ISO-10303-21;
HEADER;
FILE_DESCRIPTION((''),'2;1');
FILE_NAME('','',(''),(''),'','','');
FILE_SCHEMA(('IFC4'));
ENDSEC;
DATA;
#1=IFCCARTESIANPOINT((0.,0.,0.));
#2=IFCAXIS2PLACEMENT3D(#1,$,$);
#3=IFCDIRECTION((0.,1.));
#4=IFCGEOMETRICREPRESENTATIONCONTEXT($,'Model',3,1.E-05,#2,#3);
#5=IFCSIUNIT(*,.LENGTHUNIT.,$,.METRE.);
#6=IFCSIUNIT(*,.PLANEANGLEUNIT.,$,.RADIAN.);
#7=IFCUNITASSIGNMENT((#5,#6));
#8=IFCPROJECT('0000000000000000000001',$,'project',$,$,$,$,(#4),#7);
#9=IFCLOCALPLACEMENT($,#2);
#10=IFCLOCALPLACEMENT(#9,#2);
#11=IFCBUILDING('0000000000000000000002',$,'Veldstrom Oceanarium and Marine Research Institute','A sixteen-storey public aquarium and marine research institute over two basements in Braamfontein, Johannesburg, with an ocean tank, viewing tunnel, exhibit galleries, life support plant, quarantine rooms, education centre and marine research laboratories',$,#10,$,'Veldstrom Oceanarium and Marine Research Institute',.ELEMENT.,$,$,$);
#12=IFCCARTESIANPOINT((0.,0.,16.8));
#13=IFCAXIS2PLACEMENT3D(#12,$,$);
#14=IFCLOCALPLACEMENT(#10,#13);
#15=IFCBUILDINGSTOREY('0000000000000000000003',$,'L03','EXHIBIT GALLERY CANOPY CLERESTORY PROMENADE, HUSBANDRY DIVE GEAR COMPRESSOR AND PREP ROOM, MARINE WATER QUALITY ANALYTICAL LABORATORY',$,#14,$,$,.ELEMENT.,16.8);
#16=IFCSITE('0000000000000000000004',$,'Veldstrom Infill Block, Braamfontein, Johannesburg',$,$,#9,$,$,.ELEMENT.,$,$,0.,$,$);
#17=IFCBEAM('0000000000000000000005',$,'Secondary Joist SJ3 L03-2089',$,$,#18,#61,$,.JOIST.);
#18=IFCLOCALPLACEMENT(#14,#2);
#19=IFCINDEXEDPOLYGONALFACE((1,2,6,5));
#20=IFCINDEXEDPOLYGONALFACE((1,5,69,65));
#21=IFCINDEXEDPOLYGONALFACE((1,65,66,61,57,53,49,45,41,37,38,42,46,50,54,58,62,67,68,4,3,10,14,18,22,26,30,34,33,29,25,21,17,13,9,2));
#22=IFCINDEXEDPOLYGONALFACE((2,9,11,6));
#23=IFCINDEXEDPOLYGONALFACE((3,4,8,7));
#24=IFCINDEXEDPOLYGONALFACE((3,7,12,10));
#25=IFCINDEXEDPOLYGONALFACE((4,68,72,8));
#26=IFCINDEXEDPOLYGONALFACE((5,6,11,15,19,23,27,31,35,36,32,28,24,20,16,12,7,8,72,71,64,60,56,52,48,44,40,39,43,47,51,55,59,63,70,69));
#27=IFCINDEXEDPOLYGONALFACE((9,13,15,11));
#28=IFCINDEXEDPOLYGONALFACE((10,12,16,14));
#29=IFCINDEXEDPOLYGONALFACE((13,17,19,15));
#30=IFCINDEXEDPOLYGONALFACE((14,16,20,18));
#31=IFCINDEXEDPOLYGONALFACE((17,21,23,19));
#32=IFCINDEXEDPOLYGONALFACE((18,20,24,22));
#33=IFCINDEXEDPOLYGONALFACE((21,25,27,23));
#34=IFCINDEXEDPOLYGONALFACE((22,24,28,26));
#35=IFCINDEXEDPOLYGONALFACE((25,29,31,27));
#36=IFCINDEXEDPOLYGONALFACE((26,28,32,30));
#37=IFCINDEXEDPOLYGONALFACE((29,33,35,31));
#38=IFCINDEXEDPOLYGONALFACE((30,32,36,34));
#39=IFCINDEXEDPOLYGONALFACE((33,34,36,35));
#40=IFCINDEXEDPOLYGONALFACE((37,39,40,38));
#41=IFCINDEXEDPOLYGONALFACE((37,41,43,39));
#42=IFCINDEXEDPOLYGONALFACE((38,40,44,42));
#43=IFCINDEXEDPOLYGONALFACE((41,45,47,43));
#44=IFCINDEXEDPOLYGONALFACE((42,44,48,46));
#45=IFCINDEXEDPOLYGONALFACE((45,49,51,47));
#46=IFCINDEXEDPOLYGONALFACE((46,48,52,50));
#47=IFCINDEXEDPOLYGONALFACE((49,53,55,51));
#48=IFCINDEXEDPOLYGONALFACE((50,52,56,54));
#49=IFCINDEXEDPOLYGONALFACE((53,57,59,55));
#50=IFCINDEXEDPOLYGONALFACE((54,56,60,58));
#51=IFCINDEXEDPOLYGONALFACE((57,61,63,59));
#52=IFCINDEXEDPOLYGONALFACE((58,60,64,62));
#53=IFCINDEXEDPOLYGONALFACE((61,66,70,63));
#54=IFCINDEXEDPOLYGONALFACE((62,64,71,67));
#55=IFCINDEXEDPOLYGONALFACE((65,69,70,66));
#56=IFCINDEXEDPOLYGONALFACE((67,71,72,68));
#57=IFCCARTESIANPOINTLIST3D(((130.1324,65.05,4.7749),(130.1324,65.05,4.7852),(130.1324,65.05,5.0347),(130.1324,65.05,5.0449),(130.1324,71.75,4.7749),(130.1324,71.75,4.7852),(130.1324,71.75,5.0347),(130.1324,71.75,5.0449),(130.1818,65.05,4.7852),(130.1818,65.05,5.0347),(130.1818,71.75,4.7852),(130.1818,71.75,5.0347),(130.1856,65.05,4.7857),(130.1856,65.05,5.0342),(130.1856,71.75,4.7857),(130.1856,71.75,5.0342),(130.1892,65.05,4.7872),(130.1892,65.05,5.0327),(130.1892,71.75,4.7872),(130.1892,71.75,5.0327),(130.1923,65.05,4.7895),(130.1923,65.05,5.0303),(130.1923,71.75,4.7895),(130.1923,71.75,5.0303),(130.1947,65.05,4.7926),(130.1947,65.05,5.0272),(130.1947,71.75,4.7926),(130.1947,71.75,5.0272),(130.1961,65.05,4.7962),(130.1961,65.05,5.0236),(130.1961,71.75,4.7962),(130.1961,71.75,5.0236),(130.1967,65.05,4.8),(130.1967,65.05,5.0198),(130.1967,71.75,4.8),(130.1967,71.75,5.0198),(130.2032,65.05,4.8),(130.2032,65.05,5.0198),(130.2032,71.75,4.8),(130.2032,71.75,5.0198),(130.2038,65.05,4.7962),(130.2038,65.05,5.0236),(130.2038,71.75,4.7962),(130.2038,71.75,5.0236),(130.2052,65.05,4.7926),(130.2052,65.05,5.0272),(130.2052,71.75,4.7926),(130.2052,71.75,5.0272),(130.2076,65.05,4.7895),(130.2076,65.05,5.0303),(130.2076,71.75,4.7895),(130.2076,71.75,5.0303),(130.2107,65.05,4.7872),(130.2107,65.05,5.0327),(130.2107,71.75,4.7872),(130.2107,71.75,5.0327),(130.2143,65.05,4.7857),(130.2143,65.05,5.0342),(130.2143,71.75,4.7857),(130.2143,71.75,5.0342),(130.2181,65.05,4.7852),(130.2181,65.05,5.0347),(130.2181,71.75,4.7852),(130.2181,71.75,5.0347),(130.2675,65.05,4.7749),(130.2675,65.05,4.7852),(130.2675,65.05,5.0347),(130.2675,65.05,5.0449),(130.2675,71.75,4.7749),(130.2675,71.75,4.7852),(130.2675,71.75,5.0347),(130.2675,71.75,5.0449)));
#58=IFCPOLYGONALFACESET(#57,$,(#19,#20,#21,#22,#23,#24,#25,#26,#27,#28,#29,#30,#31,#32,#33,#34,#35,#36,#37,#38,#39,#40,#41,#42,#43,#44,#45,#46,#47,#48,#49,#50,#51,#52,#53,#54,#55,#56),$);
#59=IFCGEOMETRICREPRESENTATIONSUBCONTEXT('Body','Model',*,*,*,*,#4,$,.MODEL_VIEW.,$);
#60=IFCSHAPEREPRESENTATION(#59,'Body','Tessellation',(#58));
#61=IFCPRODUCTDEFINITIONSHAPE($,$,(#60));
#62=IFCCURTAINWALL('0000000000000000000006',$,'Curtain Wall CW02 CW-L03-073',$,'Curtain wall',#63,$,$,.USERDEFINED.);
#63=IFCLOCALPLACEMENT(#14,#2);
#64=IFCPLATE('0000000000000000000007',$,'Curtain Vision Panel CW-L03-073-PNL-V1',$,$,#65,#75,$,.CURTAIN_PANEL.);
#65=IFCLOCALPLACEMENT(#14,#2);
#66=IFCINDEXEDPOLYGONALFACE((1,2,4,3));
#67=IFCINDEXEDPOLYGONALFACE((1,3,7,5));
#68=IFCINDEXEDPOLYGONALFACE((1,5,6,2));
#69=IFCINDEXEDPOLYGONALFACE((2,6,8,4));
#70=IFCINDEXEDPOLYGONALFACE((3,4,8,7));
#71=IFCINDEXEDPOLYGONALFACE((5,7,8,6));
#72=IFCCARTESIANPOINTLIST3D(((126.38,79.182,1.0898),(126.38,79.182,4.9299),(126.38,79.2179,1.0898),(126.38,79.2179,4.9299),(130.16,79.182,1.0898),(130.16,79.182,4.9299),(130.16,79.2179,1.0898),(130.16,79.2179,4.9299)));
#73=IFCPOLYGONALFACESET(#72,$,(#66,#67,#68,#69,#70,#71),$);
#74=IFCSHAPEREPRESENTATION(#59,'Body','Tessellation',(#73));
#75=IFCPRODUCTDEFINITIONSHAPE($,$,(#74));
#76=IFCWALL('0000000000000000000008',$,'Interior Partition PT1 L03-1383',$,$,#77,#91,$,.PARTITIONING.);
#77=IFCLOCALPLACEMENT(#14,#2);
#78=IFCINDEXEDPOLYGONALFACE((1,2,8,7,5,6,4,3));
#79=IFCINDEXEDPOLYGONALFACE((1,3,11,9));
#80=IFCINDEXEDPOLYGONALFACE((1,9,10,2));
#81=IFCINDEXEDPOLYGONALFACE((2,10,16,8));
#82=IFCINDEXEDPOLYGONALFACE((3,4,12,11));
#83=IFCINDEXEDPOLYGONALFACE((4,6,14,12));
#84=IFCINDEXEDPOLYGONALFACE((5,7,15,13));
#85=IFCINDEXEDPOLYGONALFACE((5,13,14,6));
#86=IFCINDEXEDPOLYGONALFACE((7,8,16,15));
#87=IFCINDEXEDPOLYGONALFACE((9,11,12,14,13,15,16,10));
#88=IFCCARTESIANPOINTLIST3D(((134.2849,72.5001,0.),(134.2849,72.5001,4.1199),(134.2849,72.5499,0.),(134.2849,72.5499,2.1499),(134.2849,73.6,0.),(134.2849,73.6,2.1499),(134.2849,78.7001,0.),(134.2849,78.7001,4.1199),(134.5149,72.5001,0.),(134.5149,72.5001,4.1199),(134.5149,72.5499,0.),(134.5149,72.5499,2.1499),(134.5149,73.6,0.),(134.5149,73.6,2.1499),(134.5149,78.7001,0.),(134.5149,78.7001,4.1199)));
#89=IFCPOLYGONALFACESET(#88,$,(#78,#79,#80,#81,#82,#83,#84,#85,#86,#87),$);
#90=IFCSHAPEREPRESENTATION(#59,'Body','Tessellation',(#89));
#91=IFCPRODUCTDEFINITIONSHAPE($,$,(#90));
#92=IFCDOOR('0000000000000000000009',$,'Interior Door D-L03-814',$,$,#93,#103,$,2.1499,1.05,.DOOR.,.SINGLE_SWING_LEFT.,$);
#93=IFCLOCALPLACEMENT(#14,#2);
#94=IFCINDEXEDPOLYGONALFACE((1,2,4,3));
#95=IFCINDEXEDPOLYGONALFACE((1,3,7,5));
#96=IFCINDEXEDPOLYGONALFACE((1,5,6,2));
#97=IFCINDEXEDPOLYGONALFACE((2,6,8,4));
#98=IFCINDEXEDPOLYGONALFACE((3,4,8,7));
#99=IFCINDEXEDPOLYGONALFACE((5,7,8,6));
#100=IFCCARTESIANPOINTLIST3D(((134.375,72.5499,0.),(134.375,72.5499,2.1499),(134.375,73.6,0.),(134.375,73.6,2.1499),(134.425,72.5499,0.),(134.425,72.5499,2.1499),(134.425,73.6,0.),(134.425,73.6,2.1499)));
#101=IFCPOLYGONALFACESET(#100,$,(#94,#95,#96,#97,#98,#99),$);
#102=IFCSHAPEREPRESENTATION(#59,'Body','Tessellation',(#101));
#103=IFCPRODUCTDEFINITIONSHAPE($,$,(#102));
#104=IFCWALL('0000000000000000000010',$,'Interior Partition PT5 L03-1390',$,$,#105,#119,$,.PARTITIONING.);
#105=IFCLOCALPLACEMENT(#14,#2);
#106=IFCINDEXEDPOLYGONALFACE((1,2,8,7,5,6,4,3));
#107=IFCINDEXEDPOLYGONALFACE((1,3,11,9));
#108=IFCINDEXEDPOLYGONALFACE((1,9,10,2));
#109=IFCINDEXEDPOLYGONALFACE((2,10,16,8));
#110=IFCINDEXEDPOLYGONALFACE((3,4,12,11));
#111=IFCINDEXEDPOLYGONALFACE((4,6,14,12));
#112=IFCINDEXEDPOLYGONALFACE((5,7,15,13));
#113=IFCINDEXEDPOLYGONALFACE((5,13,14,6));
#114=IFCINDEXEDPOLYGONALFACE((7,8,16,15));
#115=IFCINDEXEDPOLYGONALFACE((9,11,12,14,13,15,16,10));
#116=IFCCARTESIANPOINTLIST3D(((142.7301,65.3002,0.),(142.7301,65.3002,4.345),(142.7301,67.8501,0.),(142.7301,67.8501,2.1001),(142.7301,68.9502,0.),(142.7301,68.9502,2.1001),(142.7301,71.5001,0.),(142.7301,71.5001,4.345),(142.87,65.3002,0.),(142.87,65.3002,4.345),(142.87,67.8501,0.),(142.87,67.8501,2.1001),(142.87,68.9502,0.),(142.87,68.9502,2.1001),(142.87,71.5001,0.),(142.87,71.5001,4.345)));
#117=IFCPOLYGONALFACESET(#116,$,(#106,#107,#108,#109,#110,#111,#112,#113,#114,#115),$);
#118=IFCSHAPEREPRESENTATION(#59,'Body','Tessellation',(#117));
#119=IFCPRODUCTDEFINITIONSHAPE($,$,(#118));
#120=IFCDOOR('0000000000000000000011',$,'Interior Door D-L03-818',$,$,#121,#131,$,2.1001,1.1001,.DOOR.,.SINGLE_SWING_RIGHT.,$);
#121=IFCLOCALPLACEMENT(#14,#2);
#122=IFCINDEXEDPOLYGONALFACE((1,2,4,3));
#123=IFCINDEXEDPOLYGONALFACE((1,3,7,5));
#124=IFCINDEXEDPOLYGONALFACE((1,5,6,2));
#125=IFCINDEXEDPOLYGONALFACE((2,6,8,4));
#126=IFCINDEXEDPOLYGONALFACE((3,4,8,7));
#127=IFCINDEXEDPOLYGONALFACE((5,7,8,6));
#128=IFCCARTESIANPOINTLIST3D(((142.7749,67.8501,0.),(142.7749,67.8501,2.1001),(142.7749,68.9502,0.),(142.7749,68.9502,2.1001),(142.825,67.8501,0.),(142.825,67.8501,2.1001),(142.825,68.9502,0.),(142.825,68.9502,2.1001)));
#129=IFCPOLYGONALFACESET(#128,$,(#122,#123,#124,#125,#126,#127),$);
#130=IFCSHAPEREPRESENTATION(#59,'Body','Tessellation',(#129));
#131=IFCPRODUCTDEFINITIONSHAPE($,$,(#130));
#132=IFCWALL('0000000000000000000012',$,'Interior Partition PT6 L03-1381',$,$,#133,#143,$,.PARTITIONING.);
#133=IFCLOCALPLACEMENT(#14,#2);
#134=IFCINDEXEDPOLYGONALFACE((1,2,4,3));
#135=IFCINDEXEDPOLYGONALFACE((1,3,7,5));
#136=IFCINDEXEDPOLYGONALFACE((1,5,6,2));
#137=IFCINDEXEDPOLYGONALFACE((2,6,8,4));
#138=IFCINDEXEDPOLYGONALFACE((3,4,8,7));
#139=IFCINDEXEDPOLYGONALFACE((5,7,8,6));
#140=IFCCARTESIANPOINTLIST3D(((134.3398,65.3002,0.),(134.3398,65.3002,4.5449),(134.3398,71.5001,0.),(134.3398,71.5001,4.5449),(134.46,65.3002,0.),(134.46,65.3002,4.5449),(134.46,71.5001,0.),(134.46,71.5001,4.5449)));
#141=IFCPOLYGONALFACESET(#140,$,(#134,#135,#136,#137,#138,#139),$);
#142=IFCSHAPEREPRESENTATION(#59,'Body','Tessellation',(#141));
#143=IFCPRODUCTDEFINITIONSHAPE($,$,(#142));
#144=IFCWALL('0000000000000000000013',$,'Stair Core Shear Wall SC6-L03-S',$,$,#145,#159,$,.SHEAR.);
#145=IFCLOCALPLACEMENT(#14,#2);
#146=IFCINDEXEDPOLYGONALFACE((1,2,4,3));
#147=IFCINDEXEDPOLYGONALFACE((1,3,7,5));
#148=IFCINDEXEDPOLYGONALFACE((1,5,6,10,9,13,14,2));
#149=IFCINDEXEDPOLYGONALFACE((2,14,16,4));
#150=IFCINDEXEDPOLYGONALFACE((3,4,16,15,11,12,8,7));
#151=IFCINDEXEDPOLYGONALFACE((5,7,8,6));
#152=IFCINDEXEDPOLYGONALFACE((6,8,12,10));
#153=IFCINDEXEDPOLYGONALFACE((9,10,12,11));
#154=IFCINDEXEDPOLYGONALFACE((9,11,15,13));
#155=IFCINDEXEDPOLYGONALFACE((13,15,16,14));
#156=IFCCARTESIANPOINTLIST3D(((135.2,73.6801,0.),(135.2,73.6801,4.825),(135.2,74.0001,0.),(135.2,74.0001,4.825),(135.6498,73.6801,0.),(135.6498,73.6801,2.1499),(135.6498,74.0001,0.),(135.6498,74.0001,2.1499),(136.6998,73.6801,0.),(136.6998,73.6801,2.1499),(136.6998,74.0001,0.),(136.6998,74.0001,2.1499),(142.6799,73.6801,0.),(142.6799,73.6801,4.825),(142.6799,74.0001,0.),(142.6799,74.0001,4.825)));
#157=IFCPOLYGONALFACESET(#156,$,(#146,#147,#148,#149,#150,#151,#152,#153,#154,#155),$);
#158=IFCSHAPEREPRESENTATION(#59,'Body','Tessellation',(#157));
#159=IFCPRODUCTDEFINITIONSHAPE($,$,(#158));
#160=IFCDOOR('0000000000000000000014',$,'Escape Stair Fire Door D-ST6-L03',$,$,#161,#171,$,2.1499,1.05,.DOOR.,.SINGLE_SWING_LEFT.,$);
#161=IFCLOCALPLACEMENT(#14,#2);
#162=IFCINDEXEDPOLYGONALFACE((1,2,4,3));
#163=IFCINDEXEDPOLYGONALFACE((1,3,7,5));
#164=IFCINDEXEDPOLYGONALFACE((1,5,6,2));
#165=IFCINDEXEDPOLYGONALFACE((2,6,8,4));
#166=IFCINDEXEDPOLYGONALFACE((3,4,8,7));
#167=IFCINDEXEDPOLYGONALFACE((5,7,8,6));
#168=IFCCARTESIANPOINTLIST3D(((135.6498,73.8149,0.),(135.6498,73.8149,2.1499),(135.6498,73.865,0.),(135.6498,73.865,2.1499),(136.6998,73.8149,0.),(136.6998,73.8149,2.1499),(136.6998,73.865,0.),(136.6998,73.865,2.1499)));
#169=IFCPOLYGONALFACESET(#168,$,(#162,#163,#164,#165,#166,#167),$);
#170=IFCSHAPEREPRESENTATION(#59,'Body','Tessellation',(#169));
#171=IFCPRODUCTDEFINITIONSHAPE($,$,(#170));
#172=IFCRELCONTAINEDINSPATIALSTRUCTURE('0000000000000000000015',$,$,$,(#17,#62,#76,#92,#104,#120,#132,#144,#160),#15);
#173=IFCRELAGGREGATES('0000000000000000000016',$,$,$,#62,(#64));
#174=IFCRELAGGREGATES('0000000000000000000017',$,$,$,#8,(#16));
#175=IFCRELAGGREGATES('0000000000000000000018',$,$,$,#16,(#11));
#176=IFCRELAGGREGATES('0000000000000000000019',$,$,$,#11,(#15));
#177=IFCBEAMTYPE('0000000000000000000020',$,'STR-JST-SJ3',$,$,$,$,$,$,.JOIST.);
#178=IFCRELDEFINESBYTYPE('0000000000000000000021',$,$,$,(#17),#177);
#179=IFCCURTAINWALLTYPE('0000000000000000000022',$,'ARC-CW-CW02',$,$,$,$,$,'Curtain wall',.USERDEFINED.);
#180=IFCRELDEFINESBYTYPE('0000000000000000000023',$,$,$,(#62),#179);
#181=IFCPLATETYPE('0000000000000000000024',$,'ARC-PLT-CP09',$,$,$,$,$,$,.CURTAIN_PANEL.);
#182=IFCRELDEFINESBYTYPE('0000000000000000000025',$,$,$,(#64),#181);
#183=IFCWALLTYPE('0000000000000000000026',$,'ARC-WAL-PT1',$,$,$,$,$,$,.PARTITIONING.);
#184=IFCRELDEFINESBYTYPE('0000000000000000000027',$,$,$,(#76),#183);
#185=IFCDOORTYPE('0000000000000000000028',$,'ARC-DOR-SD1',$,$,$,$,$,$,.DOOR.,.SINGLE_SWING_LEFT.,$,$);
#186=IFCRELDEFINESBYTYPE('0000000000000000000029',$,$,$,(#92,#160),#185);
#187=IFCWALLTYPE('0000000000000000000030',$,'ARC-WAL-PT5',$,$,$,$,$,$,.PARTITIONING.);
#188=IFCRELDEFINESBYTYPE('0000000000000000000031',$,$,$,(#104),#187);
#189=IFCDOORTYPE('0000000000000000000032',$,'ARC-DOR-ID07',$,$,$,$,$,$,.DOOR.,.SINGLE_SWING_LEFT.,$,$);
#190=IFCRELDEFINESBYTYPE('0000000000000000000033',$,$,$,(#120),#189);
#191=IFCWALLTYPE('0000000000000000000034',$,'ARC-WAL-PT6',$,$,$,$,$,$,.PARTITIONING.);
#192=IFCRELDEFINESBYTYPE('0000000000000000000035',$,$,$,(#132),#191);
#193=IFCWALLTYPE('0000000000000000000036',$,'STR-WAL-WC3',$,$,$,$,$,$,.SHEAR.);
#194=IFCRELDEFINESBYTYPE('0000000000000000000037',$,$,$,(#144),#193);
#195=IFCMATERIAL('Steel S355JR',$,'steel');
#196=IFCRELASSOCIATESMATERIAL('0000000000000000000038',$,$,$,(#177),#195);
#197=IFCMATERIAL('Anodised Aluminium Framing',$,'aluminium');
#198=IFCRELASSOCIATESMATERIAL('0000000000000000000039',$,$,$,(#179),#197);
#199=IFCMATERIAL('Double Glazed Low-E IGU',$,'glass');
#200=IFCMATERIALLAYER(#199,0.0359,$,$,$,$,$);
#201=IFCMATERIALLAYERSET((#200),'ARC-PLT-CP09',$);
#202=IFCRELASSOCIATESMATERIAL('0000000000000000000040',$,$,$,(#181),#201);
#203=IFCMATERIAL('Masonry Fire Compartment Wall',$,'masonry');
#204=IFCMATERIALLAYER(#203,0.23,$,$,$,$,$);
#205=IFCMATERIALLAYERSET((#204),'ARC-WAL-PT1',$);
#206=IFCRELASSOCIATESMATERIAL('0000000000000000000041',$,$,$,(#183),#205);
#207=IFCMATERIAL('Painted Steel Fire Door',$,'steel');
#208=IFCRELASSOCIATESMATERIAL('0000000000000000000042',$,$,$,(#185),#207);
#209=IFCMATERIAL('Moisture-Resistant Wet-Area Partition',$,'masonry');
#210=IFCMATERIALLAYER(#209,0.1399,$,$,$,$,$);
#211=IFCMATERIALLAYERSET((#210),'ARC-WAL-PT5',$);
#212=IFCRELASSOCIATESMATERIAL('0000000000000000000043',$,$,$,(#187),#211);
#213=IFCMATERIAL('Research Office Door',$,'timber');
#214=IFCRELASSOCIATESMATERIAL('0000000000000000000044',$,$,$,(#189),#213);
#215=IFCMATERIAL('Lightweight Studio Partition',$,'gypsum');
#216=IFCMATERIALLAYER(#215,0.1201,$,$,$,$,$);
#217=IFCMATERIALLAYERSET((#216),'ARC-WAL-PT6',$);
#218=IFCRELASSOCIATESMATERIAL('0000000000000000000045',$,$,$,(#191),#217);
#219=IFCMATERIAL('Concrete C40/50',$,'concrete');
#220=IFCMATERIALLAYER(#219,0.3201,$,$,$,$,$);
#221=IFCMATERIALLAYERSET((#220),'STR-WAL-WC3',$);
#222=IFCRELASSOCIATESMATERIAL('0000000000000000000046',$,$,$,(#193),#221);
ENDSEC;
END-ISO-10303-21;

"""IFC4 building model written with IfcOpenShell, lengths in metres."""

from ifc_helpers import new_model, si_unit, direction, frame, frame_2d, origin, origin_2d, place, context, subcontext, project, spatial, rectangle, i_section, extrude, material, layer, layer_set, material_profile, profile_set, type_object, element, fill, aggregate, save


model = new_model("IFC4")

# Units and contexts
model_context = context("Model", 3, precision=1e-05, world=origin(), true_north=direction((0.0, 1.0)))
body_context = subcontext(model_context, "Body", "Model", "MODEL_VIEW")
ifc_project = project(units=[si_unit("LENGTHUNIT", "METRE"), si_unit("PLANEANGLEUNIT", "RADIAN")], contexts=[model_context])

# Site, building, storey
site_placement = place(None, origin())
site = spatial("IfcSite", under=ifc_project, at=site_placement, Name="Veldstrom Infill Block, Braamfontein, Johannesburg", CompositionType="ELEMENT", RefElevation=0.0)
building_placement = place(site_placement, origin())
building = spatial("IfcBuilding", under=site, at=building_placement, Name="Veldstrom Oceanarium and Marine Research Institute", Description="A sixteen-storey public aquarium and marine research institute over two basements in Braamfontein, Johannesburg, with an ocean tank, viewing tunnel, exhibit galleries, life support plant, quarantine rooms, education centre and marine research laboratories", LongName="Veldstrom Oceanarium and Marine Research Institute", CompositionType="ELEMENT")
storey_placement = place(building_placement, frame((0.0, 0.0, 16.8)))
storey = spatial("IfcBuildingStorey", under=building, at=storey_placement, Name="L03", Description="EXHIBIT GALLERY CANOPY CLERESTORY PROMENADE, HUSBANDRY DIVE GEAR COMPRESSOR AND PREP ROOM, MARINE WATER QUALITY ANALYTICAL LABORATORY", CompositionType="ELEMENT", Elevation=16.8)

# Beam
ifc_material_1 = material(Name="Steel S355JR", Category="steel")
ifc_material_profile_1 = material_profile(ifc_material_1, i_section(OverallWidth=0.135, OverallDepth=0.27, WebThickness=0.0066, FlangeThickness=0.0103, FilletRadius=0.0149, at=origin_2d()), Name="IPE 270")
ifc_profile_set_1 = profile_set([ifc_material_profile_1], Name="Steel S355JR")
beam_type_1 = type_object("IfcBeamType", Name="STR-JST-SJ3", PredefinedType="JOIST", material=ifc_profile_set_1)
beam_1_placement = place(storey_placement, frame((130.2, 65.05, 4.9099), z_axis=(0.0, 1.0, 0.0), x_axis=(-1.0, 0.0, 0.0)))
element("IfcBeam", 1, at=beam_1_placement, inside=storey, type_object=beam_type_1, Name="Secondary Joist SJ3 L03-2089", PredefinedType="JOIST", context=body_context, shape_type="SweptSolid", body=[
    extrude(i_section(OverallWidth=0.135, OverallDepth=0.27, WebThickness=0.0066, FlangeThickness=0.0103, FilletRadius=0.0149, at=origin_2d()), origin(), (0.0, 0.0, 1.0), 6.7),
])

# Curtain wall, plate
ifc_material_2 = material(Name="Anodised Aluminium Framing", Category="aluminium")
curtain_wall_type = type_object("IfcCurtainWallType", Name="ARC-CW-CW02", ElementType="Curtain wall", PredefinedType="USERDEFINED", material=ifc_material_2)
curtain_wall_placement = place(storey_placement, origin())
curtain_wall = element("IfcCurtainWall", 2, at=curtain_wall_placement, inside=storey, type_object=curtain_wall_type, Name="Curtain Wall CW02 CW-L03-073", ObjectType="Curtain wall", PredefinedType="USERDEFINED")
ifc_material_3 = material(Name="Double Glazed Low-E IGU", Category="glass")
ifc_layer_1 = layer(ifc_material_3, 0.0359)
ifc_layer_set_1 = layer_set([ifc_layer_1], Name="ARC-PLT-CP09")
plate_type = type_object("IfcPlateType", Name="ARC-PLT-CP09", PredefinedType="CURTAIN_PANEL", material=ifc_layer_set_1)
plate_placement = place(storey_placement, frame((128.27, 79.2, 1.0898), z_axis=(0.0, 0.0, 1.0), x_axis=(1.0, 0.0, 0.0)))
plate = element("IfcPlate", 3, at=plate_placement, type_object=plate_type, Name="Curtain Vision Panel CW-L03-073-PNL-V1", PredefinedType="CURTAIN_PANEL", context=body_context, shape_type="SweptSolid", body=[
    extrude(rectangle(XDim=3.78, YDim=0.0359, at=origin_2d()), origin(), (0.0, 0.0, 1.0), 3.8401),
])
aggregate(curtain_wall, [plate])

# Walls, openings, doors
ifc_material_4 = material(Name="Masonry Fire Compartment Wall", Category="masonry")
ifc_layer_2 = layer(ifc_material_4, 0.23)
ifc_layer_set_2 = layer_set([ifc_layer_2], Name="ARC-WAL-PT1")
wall_type_1 = type_object("IfcWallType", Name="ARC-WAL-PT1", PredefinedType="PARTITIONING", material=ifc_layer_set_2)
wall_1_placement = place(storey_placement, frame((134.3999, 72.5, 0.0), z_axis=(0.0, 0.0, 1.0), x_axis=(0.0, 1.0, 0.0)))
wall_1 = element("IfcWall", 4, at=wall_1_placement, inside=storey, type_object=wall_type_1, Name="Interior Partition PT1 L03-1383", PredefinedType="PARTITIONING", context=body_context, shape_type="SweptSolid", body=[
    extrude(rectangle(XDim=6.2, YDim=0.23, at=frame_2d((3.1001, 0.0))), origin(), (0.0, 0.0, 1.0), 4.1199),
])
opening_1_placement = place(wall_1_placement, frame((0.05, 0.0, 0.0)))
opening_1 = element("IfcOpeningElement", 5, at=opening_1_placement, cuts=wall_1, PredefinedType="OPENING", context=body_context, shape_type="SweptSolid", body=[
    extrude(rectangle(XDim=1.05, YDim=2.1499, at=frame_2d((0.5249, 1.075))), frame((0.0, 0.125, 0.0), z_axis=(0.0, -1.0, 0.0), x_axis=(1.0, 0.0, 0.0)), (0.0, 0.0, 1.0), 0.25),
])
ifc_material_5 = material(Name="Painted Steel Fire Door", Category="steel")
door_type_1 = type_object("IfcDoorType", Name="ARC-DOR-SD1", OperationType="SINGLE_SWING_LEFT", PredefinedType="DOOR", material=ifc_material_5)
door_1_placement = place(opening_1_placement, origin())
door_1 = element("IfcDoor", 6, at=door_1_placement, inside=storey, type_object=door_type_1, Name="Interior Door D-L03-814", OperationType="SINGLE_SWING_LEFT", OverallHeight=2.1499, OverallWidth=1.05, PredefinedType="DOOR", context=body_context, shape_type="SweptSolid", body=[
    extrude(rectangle(XDim=1.05, YDim=2.1499, at=frame_2d((0.5249, 1.075))), frame((0.0, 0.0249, 0.0), z_axis=(0.0, -1.0, 0.0), x_axis=(1.0, 0.0, 0.0)), (0.0, 0.0, 1.0), 0.05),
])
fill(opening_1, door_1)
ifc_material_6 = material(Name="Moisture-Resistant Wet-Area Partition", Category="masonry")
ifc_layer_3 = layer(ifc_material_6, 0.1399)
ifc_layer_set_3 = layer_set([ifc_layer_3], Name="ARC-WAL-PT5")
wall_type_2 = type_object("IfcWallType", Name="ARC-WAL-PT5", PredefinedType="PARTITIONING", material=ifc_layer_set_3)
wall_2_placement = place(storey_placement, frame((142.8, 65.3, 0.0), z_axis=(0.0, 0.0, 1.0), x_axis=(0.0, 1.0, 0.0)))
wall_2 = element("IfcWall", 7, at=wall_2_placement, inside=storey, type_object=wall_type_2, Name="Interior Partition PT5 L03-1390", PredefinedType="PARTITIONING", context=body_context, shape_type="SweptSolid", body=[
    extrude(rectangle(XDim=6.2, YDim=0.1399, at=frame_2d((3.1001, 0.0))), origin(), (0.0, 0.0, 1.0), 4.345),
])
opening_2_placement = place(wall_2_placement, frame((2.55, 0.0, 0.0)))
opening_2 = element("IfcOpeningElement", 8, at=opening_2_placement, cuts=wall_2, PredefinedType="OPENING", context=body_context, shape_type="SweptSolid", body=[
    extrude(rectangle(XDim=1.1001, YDim=2.1001, at=frame_2d((0.55, 1.05))), frame((0.0, 0.0798, 0.0), z_axis=(0.0, -1.0, 0.0), x_axis=(1.0, 0.0, 0.0)), (0.0, 0.0, 1.0), 0.1599),
])
ifc_material_7 = material(Name="Research Office Door", Category="timber")
door_type_2 = type_object("IfcDoorType", Name="ARC-DOR-ID07", OperationType="SINGLE_SWING_LEFT", PredefinedType="DOOR", material=ifc_material_7)
door_2_placement = place(opening_2_placement, frame((1.1001, 0.0, 0.0), z_axis=(0.0, 0.0, 1.0), x_axis=(-1.0, 0.0, 0.0)))
door_2 = element("IfcDoor", 9, at=door_2_placement, inside=storey, type_object=door_type_2, Name="Interior Door D-L03-818", OperationType="SINGLE_SWING_RIGHT", OverallHeight=2.1001, OverallWidth=1.1001, PredefinedType="DOOR", context=body_context, shape_type="SweptSolid", body=[
    extrude(rectangle(XDim=1.1001, YDim=2.1001, at=frame_2d((0.55, 1.05))), frame((0.0, 0.0249, 0.0), z_axis=(0.0, -1.0, 0.0), x_axis=(1.0, 0.0, 0.0)), (0.0, 0.0, 1.0), 0.05),
])
fill(opening_2, door_2)

# Wall
ifc_material_8 = material(Name="Lightweight Studio Partition", Category="gypsum")
ifc_layer_4 = layer(ifc_material_8, 0.1201)
ifc_layer_set_4 = layer_set([ifc_layer_4], Name="ARC-WAL-PT6")
wall_type_3 = type_object("IfcWallType", Name="ARC-WAL-PT6", PredefinedType="PARTITIONING", material=ifc_layer_set_4)
wall_3_placement = place(storey_placement, frame((134.3999, 65.3, 0.0), z_axis=(0.0, 0.0, 1.0), x_axis=(0.0, 1.0, 0.0)))
element("IfcWall", 10, at=wall_3_placement, inside=storey, type_object=wall_type_3, Name="Interior Partition PT6 L03-1381", PredefinedType="PARTITIONING", context=body_context, shape_type="SweptSolid", body=[
    extrude(rectangle(XDim=6.2, YDim=0.1201, at=frame_2d((3.1001, 0.0))), origin(), (0.0, 0.0, 1.0), 4.5449),
])

# Wall, opening, door
ifc_material_9 = material(Name="Concrete C40/50", Category="concrete")
ifc_layer_5 = layer(ifc_material_9, 0.3201)
ifc_layer_set_5 = layer_set([ifc_layer_5], Name="STR-WAL-WC3")
wall_type_4 = type_object("IfcWallType", Name="STR-WAL-WC3", PredefinedType="SHEAR", material=ifc_layer_set_5)
wall_4_placement = place(storey_placement, frame((135.2, 73.8401, 0.0), z_axis=(0.0, 0.0, 1.0), x_axis=(1.0, 0.0, 0.0)))
wall_4 = element("IfcWall", 11, at=wall_4_placement, inside=storey, type_object=wall_type_4, Name="Stair Core Shear Wall SC6-L03-S", PredefinedType="SHEAR", context=body_context, shape_type="SweptSolid", body=[
    extrude(rectangle(XDim=7.48, YDim=0.3201, at=frame_2d((3.74, 0.0))), origin(), (0.0, 0.0, 1.0), 4.825),
])
opening_3_placement = place(wall_4_placement, frame((0.45, 0.0, 0.0)))
opening_3 = element("IfcOpeningElement", 12, at=opening_3_placement, cuts=wall_4, PredefinedType="OPENING", context=body_context, shape_type="SweptSolid", body=[
    extrude(rectangle(XDim=1.05, YDim=2.1499, at=frame_2d((0.5249, 1.075))), frame((0.0, 0.1699, 0.0), z_axis=(0.0, -1.0, 0.0), x_axis=(1.0, 0.0, 0.0)), (0.0, 0.0, 1.0), 0.3401),
])
door_3_placement = place(opening_3_placement, origin())
door_3 = element("IfcDoor", 13, at=door_3_placement, inside=storey, type_object=door_type_1, Name="Escape Stair Fire Door D-ST6-L03", OperationType="SINGLE_SWING_LEFT", OverallHeight=2.1499, OverallWidth=1.05, PredefinedType="DOOR", context=body_context, shape_type="SweptSolid", body=[
    extrude(rectangle(XDim=1.05, YDim=2.1499, at=frame_2d((0.5249, 1.075))), frame((0.0, 0.0249, 0.0), z_axis=(0.0, -1.0, 0.0), x_axis=(1.0, 0.0, 0.0)), (0.0, 0.0, 1.0), 0.05),
])
fill(opening_3, door_3)

save(model, "model.ifc")
